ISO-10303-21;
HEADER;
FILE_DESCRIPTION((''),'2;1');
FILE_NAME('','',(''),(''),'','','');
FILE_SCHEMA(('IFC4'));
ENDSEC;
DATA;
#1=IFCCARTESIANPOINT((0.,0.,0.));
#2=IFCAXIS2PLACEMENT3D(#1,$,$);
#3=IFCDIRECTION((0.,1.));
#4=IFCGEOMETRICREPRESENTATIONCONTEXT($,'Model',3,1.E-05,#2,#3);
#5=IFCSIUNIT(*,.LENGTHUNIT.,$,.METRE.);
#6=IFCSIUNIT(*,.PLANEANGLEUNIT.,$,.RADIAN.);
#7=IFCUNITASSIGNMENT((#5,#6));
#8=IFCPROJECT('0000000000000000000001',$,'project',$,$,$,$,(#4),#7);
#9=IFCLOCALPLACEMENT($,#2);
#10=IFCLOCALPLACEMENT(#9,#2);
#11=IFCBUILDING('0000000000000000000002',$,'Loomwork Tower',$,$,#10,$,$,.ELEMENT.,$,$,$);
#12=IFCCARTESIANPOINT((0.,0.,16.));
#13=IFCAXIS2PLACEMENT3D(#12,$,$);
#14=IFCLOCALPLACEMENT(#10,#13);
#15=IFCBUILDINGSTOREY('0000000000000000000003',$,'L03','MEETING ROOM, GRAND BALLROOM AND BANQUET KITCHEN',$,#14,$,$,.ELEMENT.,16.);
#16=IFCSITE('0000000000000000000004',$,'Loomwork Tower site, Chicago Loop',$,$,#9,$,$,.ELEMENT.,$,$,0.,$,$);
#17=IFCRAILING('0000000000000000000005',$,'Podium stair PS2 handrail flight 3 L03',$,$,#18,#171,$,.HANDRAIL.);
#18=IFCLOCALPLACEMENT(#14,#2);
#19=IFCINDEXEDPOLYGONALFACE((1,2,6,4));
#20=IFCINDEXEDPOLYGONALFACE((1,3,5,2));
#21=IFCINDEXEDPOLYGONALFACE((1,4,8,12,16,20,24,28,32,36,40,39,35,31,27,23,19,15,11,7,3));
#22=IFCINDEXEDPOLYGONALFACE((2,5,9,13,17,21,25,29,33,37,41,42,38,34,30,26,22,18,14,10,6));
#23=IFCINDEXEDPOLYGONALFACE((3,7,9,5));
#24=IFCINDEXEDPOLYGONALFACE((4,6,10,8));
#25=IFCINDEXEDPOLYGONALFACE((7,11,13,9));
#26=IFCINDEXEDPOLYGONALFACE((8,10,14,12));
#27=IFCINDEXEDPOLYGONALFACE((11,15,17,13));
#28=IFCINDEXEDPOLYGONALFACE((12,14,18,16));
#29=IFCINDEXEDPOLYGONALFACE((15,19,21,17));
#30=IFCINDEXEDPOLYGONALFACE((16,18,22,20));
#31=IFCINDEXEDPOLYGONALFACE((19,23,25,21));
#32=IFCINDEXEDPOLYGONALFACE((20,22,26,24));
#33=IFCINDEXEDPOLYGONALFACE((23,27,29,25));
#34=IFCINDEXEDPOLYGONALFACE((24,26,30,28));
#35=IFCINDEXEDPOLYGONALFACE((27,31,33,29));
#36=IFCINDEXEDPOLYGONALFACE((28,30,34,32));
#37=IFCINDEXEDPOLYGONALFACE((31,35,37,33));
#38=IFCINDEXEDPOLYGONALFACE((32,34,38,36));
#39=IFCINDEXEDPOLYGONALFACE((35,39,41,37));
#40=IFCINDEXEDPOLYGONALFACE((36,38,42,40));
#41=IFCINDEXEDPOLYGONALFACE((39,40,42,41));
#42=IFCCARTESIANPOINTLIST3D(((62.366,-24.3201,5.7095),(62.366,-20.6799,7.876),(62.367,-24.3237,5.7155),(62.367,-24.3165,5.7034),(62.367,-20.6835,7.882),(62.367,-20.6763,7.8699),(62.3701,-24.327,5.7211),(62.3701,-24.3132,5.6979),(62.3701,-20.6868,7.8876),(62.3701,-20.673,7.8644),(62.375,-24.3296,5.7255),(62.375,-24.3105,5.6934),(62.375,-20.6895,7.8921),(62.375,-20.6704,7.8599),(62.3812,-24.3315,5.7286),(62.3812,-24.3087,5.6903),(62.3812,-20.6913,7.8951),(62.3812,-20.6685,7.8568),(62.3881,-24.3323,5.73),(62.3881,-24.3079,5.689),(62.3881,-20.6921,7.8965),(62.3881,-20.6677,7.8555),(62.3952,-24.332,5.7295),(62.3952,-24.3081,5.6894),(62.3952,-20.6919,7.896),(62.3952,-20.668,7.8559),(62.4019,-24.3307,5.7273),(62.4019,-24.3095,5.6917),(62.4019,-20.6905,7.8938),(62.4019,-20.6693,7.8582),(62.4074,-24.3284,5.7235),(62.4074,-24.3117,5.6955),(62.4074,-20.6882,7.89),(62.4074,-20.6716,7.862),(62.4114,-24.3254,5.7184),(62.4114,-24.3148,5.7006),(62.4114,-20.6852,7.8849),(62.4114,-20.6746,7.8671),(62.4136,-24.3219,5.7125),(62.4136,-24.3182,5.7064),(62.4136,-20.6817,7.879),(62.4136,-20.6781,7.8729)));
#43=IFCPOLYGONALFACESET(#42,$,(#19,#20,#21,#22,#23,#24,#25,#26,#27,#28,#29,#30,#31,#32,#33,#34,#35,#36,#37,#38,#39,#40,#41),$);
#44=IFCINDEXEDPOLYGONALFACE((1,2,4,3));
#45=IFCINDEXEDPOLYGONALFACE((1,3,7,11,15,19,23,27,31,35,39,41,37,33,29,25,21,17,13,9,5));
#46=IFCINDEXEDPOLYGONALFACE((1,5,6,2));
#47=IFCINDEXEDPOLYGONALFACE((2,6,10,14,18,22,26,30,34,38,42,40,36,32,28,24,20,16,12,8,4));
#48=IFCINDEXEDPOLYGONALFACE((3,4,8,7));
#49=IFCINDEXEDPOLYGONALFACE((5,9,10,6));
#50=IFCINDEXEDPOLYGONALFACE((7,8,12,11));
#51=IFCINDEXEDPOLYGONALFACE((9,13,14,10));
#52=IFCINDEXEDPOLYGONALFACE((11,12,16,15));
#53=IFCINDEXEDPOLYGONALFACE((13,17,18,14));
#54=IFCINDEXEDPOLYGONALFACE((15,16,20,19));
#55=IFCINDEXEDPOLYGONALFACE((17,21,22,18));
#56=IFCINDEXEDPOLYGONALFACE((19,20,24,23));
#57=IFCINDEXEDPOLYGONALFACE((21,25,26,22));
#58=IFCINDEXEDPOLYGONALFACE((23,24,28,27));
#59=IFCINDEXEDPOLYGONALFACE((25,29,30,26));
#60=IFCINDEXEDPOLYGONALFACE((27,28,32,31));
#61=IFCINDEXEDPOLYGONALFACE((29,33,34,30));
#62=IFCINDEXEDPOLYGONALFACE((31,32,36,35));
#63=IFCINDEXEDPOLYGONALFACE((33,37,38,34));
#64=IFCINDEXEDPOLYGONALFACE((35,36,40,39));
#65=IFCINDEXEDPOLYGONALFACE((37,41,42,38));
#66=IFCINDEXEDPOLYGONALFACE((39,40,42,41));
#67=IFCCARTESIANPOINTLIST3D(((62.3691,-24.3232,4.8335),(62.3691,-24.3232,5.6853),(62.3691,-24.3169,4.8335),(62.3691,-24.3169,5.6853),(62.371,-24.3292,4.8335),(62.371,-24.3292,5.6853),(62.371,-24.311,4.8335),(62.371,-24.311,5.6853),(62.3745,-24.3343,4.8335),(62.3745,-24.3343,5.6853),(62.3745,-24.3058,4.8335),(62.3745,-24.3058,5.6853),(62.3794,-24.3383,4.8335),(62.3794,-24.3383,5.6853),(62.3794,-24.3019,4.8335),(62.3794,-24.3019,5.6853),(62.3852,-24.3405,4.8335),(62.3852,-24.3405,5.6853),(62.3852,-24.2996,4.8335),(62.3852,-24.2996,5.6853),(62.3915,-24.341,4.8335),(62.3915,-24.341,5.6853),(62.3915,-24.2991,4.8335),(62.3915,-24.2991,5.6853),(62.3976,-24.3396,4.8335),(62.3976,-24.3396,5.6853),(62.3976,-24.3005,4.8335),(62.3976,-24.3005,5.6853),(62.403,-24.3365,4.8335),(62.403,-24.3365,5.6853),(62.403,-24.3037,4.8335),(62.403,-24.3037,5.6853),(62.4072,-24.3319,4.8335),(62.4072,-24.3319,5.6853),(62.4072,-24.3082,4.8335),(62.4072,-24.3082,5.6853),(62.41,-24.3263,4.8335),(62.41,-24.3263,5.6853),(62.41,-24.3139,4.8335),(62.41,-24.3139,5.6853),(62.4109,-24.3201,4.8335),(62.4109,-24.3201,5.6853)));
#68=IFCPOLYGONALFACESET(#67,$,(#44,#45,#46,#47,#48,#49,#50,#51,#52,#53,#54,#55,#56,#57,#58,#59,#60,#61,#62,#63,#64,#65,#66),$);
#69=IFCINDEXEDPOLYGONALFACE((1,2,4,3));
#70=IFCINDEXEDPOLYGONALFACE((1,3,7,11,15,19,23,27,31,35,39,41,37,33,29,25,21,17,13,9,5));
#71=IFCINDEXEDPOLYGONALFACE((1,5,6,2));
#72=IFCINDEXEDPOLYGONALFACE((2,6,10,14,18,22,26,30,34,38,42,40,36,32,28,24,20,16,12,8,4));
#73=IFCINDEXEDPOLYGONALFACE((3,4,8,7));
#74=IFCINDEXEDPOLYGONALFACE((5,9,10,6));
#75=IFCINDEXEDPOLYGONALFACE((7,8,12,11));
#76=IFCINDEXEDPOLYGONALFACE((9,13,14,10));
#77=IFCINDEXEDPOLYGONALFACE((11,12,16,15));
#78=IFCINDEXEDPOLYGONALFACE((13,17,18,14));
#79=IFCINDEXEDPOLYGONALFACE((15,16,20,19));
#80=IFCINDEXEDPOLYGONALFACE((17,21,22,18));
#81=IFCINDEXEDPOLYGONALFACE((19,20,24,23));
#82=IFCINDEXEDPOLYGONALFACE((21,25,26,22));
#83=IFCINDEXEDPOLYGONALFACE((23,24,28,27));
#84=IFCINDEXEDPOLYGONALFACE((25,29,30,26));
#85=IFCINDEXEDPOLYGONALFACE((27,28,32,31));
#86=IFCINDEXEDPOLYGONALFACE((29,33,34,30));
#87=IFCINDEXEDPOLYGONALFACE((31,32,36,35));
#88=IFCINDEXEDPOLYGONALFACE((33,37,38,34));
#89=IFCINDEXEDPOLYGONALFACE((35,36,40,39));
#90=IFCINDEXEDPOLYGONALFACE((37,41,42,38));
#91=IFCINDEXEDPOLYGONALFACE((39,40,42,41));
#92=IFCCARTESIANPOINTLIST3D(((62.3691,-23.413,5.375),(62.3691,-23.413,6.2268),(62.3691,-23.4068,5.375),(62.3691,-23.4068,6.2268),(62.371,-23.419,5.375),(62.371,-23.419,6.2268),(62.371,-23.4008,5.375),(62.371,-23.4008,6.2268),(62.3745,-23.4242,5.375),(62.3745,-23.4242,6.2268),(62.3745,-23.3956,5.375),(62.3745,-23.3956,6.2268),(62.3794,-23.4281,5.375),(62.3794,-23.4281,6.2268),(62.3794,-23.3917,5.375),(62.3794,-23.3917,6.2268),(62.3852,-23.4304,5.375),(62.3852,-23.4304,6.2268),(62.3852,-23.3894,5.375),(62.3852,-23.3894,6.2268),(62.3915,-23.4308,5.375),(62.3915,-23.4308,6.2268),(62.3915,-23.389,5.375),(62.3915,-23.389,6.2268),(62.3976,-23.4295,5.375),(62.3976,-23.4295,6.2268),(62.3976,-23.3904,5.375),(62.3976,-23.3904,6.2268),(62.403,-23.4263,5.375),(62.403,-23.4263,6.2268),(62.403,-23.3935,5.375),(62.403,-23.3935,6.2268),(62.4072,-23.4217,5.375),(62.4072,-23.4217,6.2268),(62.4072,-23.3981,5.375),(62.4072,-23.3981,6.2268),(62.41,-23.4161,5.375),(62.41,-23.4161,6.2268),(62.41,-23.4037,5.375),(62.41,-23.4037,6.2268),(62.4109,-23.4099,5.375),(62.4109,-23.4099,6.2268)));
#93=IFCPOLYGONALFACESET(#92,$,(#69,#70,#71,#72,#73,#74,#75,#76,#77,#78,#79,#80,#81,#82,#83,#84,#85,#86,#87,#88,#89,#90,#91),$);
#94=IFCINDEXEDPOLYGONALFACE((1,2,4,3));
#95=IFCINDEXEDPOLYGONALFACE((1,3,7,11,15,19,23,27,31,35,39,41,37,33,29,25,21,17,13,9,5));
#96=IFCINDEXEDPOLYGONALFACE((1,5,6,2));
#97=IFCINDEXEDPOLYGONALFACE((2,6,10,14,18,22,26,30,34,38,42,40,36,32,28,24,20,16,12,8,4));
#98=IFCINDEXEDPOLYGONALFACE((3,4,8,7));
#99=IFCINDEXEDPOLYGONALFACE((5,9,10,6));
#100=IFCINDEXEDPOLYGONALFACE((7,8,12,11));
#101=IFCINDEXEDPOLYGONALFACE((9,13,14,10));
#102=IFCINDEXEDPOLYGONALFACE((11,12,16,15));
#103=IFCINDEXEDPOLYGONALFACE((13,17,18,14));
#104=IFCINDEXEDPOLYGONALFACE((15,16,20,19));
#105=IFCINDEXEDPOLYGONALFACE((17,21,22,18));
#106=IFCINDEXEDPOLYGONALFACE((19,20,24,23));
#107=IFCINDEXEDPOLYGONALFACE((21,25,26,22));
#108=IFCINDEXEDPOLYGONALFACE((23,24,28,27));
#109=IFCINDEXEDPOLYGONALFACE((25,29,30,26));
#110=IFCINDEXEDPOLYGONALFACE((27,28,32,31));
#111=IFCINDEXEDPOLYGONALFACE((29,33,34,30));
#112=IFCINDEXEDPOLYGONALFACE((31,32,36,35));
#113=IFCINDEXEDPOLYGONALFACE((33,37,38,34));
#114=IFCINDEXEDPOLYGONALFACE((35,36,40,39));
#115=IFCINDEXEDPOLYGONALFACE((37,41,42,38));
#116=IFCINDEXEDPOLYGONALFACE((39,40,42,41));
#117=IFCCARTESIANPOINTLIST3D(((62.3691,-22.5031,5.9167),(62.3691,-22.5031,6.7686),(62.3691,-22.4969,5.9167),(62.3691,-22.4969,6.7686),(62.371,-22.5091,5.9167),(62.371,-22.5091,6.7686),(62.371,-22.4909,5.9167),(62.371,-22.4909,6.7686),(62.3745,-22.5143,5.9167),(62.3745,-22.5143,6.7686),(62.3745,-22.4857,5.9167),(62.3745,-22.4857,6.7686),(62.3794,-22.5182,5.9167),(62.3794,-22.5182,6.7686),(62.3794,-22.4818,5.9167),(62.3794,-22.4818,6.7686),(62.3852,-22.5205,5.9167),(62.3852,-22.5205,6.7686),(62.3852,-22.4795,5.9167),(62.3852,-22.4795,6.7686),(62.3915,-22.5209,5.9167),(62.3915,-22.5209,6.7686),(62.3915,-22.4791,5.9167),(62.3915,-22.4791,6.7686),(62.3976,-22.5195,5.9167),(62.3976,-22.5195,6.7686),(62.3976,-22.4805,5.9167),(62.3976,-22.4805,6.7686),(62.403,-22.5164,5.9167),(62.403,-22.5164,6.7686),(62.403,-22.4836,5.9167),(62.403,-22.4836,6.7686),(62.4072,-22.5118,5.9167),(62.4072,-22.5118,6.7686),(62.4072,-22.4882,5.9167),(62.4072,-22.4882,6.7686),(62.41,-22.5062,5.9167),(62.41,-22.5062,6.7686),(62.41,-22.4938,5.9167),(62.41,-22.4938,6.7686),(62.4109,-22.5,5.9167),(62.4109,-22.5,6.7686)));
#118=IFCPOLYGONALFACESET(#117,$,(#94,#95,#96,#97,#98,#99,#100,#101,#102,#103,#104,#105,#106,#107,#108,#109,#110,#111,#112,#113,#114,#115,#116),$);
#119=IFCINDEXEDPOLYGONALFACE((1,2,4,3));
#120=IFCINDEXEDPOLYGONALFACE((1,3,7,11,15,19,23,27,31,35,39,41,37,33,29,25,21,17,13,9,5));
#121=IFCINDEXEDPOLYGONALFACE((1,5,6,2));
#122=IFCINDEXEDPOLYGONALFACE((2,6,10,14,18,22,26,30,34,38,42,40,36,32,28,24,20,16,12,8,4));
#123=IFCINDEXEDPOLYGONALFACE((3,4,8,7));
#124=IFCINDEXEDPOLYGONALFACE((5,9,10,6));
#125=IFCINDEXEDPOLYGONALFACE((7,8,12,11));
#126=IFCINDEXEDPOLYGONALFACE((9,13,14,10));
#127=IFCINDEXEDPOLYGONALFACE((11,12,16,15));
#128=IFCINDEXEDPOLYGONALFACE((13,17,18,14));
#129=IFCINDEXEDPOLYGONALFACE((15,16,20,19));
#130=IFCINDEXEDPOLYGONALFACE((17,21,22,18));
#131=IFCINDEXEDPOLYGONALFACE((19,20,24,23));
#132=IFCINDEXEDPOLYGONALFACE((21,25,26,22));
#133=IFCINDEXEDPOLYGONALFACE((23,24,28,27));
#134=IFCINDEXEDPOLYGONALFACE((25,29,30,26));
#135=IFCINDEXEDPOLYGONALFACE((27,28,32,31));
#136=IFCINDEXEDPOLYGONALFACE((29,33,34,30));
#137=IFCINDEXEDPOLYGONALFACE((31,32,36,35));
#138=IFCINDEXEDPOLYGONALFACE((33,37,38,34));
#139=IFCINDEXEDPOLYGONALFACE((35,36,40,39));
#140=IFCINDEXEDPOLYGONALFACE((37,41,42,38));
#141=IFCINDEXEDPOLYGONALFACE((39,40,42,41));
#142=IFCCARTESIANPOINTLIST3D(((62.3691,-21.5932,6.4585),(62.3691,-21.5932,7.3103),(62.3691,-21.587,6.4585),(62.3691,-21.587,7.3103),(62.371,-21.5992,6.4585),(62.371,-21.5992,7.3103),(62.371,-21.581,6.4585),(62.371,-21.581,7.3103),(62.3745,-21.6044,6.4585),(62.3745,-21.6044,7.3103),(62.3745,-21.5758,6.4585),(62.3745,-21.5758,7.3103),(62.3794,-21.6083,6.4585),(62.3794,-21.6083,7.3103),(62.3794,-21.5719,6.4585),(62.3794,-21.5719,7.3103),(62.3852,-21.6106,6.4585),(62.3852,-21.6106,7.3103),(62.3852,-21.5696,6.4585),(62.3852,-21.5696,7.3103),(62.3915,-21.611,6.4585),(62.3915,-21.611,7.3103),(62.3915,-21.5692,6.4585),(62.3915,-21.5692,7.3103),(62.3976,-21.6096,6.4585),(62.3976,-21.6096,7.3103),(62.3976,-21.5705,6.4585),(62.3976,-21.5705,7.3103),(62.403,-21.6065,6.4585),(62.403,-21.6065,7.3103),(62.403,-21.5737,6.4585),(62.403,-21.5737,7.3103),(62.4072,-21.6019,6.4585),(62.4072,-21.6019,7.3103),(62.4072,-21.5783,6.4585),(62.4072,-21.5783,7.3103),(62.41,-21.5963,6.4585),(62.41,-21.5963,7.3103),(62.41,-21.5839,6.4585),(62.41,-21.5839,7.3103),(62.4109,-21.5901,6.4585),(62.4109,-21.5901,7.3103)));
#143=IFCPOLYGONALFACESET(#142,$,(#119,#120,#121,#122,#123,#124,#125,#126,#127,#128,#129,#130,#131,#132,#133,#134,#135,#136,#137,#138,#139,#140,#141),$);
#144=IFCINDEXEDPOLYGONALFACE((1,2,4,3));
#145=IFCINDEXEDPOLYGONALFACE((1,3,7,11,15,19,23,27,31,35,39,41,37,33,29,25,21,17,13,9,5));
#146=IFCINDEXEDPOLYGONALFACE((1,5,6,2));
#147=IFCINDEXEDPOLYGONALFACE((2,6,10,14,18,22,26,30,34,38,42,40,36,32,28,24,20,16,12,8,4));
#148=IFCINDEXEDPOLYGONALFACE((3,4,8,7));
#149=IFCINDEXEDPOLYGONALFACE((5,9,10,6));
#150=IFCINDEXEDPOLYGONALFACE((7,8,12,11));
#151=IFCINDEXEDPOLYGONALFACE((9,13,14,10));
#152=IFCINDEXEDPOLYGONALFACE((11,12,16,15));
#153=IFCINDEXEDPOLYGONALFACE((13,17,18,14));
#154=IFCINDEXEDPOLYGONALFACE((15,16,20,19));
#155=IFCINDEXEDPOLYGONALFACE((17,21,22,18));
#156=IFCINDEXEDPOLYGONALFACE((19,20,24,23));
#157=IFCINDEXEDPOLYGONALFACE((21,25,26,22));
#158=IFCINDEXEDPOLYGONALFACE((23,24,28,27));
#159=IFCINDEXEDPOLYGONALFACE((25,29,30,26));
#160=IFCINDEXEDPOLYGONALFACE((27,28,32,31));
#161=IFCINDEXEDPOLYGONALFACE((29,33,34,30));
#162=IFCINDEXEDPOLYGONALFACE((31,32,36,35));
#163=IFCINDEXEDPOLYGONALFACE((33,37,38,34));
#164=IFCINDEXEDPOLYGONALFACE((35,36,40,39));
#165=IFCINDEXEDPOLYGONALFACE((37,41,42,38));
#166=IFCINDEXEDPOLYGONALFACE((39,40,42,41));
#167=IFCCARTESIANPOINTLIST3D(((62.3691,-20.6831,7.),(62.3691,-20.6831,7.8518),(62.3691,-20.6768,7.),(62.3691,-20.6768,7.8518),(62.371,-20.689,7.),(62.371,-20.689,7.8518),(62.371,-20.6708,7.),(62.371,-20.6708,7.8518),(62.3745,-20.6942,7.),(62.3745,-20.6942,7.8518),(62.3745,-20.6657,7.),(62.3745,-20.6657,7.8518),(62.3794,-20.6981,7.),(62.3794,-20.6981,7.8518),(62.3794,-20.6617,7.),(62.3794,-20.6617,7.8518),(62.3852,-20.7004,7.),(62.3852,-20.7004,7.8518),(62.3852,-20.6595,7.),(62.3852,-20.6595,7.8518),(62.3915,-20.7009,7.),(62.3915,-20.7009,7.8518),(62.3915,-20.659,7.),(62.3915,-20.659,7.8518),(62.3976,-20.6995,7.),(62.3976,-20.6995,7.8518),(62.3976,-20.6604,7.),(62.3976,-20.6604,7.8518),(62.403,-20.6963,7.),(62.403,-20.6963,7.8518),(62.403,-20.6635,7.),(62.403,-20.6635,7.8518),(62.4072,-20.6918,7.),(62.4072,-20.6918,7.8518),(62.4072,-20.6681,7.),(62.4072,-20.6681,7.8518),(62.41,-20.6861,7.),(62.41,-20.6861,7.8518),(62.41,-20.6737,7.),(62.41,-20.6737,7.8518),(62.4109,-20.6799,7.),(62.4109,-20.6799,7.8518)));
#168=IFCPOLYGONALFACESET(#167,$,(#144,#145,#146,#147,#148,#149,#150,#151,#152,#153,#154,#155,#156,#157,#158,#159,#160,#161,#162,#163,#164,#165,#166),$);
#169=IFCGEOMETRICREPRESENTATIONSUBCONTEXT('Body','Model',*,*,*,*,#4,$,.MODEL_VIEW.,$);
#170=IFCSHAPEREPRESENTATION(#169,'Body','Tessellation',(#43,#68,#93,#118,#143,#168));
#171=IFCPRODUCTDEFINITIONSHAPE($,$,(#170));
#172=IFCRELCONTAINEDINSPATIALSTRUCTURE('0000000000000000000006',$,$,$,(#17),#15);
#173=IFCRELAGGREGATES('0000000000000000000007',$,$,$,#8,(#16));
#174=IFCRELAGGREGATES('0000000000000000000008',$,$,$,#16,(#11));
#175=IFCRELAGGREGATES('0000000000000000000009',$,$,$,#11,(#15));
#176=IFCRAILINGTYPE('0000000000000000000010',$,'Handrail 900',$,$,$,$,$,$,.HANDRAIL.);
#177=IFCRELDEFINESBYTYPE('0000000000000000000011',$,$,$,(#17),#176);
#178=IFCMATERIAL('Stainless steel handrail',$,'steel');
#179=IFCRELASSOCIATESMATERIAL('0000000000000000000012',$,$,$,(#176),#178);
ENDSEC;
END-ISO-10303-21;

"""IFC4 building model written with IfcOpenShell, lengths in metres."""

from ifc_helpers import new_model, si_unit, direction, frame, origin, origin_2d, place, context, subcontext, project, spatial, circle, extrude, material, type_object, element, save


model = new_model("IFC4")

# Units and contexts
model_context = context("Model", 3, precision=1e-05, world=origin(), true_north=direction((0.0, 1.0)))
body_context = subcontext(model_context, "Body", "Model", "MODEL_VIEW")
ifc_project = project(units=[si_unit("LENGTHUNIT", "METRE"), si_unit("PLANEANGLEUNIT", "RADIAN")], contexts=[model_context])

# Site, building, storey
site_placement = place(None, origin())
site = spatial("IfcSite", under=ifc_project, at=site_placement, Name="Loomwork Tower site, Chicago Loop", CompositionType="ELEMENT", RefElevation=0.0)
building_placement = place(site_placement, origin())
building = spatial("IfcBuilding", under=site, at=building_placement, Name="Loomwork Tower", CompositionType="ELEMENT")
storey_placement = place(building_placement, frame((0.0, 0.0, 16.0)))
storey = spatial("IfcBuildingStorey", under=building, at=storey_placement, Name="L03", Description="MEETING ROOM, GRAND BALLROOM AND BANQUET KITCHEN", CompositionType="ELEMENT", Elevation=16.0)

# Railing
ifc_material_1 = material(Name="Stainless steel handrail", Category="steel")
railing_type = type_object("IfcRailingType", Name="Handrail 900", PredefinedType="HANDRAIL", material=ifc_material_1)
railing_1_placement = place(storey_placement, frame((62.3899, -24.3201, 4.8335)))
element("IfcRailing", 1, at=railing_1_placement, inside=storey, type_object=railing_type, Name="Podium stair PS2 handrail flight 3 L03", PredefinedType="HANDRAIL", context=body_context, shape_type="SweptSolid", body=[
    extrude(circle(Radius=0.0239, at=origin_2d()), frame((0.0, 0.0, 0.876), z_axis=(0.0, 0.859318, 0.511441), x_axis=(-1.0, 0.0, 0.0)), (0.0, 0.0, 1.0), 4.2361),
    extrude(circle(Radius=0.021, at=origin_2d()), origin(), (0.0, 0.0, 1.0), 0.8518),
    extrude(circle(Radius=0.021, at=origin_2d()), frame((0.0, 0.9102, 0.5415)), (0.0, 0.0, 1.0), 0.8518),
    extrude(circle(Radius=0.021, at=origin_2d()), frame((0.0, 1.8201, 1.0833)), (0.0, 0.0, 1.0), 0.8518),
    extrude(circle(Radius=0.021, at=origin_2d()), frame((0.0, 2.73, 1.625)), (0.0, 0.0, 1.0), 0.8518),
    extrude(circle(Radius=0.021, at=origin_2d()), frame((0.0, 3.6401, 2.1665)), (0.0, 0.0, 1.0), 0.8518),
])

save(model, "model.ifc")
